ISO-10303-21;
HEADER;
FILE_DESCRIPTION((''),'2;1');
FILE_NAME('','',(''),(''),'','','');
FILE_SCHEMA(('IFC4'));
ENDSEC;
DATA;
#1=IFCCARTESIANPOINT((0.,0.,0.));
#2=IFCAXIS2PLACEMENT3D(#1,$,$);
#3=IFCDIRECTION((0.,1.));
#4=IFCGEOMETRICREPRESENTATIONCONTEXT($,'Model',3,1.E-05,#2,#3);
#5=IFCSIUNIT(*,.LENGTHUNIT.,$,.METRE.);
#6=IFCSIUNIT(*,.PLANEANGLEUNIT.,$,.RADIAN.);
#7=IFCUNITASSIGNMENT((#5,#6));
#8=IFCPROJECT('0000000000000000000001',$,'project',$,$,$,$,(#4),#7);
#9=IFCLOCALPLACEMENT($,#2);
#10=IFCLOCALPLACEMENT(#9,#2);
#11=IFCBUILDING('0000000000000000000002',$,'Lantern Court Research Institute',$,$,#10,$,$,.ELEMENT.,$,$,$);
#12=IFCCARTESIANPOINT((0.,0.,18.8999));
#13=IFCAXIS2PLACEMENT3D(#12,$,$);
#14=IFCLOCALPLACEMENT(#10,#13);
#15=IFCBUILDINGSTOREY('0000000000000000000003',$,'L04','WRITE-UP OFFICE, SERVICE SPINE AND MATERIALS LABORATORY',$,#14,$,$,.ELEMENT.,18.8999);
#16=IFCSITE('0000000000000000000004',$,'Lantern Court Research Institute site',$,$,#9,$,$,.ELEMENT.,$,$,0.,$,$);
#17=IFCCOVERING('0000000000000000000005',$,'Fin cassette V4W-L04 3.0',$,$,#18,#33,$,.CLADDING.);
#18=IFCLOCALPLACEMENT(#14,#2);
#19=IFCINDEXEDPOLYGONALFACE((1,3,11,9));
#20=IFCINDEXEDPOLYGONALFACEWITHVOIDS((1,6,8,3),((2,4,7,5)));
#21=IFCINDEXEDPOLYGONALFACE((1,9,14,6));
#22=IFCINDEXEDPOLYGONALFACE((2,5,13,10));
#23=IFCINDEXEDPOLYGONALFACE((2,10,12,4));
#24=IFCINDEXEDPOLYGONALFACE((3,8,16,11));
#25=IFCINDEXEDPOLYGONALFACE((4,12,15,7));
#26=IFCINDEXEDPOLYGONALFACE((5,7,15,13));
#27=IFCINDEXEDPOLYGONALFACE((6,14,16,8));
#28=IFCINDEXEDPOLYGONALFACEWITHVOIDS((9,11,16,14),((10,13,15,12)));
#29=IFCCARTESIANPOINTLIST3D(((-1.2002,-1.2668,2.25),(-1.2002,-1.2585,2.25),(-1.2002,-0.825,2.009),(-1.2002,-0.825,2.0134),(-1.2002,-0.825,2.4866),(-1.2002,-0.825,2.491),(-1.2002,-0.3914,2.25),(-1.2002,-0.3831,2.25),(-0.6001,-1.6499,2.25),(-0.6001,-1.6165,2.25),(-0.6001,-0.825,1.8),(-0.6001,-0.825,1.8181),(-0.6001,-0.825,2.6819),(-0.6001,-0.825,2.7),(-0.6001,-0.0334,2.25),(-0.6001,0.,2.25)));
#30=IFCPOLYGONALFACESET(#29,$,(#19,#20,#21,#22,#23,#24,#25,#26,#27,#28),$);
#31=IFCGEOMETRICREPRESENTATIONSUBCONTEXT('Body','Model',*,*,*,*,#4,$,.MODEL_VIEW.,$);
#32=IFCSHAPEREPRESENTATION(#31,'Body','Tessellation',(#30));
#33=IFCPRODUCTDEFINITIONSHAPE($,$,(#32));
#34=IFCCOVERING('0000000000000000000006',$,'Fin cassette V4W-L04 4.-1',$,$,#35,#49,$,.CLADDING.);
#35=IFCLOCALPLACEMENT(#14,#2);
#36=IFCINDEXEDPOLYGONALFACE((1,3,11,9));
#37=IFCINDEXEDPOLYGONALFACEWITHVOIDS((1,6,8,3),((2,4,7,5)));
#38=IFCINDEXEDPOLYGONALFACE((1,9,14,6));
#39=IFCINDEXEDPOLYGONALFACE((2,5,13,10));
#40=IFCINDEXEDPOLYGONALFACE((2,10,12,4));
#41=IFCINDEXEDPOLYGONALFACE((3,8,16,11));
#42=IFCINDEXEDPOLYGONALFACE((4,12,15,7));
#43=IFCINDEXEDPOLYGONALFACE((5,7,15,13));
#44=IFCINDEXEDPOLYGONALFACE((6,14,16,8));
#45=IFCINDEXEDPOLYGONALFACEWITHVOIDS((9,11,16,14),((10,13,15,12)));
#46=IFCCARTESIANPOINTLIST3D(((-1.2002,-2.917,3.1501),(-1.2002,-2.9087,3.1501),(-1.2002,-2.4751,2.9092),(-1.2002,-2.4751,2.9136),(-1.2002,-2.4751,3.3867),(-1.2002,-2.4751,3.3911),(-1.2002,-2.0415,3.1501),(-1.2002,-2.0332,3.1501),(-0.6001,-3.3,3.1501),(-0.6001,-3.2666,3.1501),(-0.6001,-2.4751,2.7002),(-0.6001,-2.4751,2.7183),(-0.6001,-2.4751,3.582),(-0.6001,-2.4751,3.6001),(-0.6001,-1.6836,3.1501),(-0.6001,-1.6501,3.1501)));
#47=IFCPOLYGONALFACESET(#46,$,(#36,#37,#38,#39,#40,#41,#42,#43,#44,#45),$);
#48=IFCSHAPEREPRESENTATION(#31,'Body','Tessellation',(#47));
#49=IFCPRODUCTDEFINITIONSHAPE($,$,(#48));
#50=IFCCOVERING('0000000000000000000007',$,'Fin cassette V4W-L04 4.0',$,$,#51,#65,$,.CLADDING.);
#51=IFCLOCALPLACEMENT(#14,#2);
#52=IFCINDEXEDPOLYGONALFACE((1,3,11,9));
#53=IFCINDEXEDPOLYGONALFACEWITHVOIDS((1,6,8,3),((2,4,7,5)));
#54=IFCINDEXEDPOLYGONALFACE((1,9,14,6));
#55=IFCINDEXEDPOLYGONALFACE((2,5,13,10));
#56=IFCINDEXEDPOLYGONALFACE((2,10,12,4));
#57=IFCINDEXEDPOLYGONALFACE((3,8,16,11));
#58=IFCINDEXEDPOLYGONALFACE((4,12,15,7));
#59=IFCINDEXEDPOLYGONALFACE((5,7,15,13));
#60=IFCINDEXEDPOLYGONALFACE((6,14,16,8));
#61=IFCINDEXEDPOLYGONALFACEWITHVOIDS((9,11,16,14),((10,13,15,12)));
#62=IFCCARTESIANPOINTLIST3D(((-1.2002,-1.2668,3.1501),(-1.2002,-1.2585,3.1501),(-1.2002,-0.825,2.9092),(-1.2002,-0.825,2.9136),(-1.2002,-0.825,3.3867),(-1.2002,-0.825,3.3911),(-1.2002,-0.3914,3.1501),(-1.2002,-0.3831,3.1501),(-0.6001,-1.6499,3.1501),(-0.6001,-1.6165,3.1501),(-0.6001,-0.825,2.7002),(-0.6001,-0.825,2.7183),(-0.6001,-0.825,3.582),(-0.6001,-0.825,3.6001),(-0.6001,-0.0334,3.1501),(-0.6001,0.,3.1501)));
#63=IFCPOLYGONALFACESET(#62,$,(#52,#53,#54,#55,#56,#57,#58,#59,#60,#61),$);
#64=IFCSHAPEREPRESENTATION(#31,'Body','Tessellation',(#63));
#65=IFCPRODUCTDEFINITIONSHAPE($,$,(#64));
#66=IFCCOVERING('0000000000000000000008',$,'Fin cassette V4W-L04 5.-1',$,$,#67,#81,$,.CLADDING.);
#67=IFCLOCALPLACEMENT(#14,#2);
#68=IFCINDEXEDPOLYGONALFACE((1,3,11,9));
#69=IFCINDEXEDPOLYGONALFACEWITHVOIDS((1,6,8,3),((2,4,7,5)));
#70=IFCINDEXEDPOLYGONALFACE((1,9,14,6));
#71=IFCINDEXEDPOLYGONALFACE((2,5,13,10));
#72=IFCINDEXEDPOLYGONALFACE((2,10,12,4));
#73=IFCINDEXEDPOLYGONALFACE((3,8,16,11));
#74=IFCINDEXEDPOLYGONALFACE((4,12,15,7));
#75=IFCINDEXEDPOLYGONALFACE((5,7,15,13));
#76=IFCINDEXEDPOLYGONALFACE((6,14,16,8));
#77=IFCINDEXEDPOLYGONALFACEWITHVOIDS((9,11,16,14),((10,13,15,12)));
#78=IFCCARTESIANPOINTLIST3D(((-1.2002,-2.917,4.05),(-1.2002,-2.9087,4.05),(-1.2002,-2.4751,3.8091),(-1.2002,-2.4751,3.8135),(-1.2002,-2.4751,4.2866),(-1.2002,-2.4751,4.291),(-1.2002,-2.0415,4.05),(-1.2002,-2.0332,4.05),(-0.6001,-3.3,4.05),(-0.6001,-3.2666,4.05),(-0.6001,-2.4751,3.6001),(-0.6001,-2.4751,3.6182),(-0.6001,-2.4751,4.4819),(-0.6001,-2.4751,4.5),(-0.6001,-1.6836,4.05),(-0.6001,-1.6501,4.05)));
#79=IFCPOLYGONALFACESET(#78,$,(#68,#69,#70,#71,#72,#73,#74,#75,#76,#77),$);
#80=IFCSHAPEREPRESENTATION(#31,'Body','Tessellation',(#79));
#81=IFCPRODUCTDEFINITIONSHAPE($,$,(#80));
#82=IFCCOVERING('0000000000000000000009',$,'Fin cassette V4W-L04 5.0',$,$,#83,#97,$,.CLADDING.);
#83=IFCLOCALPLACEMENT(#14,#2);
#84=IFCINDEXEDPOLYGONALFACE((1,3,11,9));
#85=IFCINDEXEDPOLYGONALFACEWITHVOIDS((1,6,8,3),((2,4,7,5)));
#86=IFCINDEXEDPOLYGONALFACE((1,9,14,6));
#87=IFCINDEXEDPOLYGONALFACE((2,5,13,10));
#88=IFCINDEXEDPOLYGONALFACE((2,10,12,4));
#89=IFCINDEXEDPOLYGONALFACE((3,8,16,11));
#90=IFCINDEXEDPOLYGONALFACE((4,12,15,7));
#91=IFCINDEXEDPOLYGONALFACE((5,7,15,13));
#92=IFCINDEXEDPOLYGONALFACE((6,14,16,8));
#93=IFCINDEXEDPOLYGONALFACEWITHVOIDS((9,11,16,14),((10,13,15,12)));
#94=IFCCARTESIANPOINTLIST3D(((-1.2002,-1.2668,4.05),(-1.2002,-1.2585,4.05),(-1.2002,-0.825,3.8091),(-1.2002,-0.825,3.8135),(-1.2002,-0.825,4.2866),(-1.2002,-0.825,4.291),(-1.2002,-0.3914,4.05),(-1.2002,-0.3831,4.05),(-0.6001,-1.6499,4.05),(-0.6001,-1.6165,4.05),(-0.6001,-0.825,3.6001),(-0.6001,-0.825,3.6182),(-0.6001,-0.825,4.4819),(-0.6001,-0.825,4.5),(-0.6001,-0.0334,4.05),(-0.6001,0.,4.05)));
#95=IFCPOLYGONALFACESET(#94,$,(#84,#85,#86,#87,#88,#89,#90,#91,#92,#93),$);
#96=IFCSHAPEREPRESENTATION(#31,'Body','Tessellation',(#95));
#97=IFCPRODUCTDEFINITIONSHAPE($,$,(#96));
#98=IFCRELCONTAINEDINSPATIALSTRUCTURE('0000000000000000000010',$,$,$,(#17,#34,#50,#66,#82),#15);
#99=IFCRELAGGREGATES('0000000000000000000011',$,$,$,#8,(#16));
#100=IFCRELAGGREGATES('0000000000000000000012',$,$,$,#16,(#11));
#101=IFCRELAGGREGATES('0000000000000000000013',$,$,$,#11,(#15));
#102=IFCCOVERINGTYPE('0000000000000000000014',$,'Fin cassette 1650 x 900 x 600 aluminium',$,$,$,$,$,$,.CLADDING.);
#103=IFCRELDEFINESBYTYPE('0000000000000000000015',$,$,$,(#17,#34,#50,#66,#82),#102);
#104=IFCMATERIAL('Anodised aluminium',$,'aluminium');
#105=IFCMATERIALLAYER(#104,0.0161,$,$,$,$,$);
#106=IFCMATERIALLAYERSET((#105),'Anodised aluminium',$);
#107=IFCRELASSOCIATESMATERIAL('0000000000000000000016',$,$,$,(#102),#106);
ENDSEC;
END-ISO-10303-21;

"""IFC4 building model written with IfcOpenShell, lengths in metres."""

from ifc_helpers import new_model, entity, si_unit, direction, frame, origin, place, context, subcontext, project, spatial, material, layer, layer_set, type_object, element, save


model = new_model("IFC4")

# Units and contexts
model_context = context("Model", 3, precision=1e-05, world=origin(), true_north=direction((0.0, 1.0)))
body_context = subcontext(model_context, "Body", "Model", "MODEL_VIEW")
ifc_project = project(units=[si_unit("LENGTHUNIT", "METRE"), si_unit("PLANEANGLEUNIT", "RADIAN")], contexts=[model_context])

# Site, building, storey
site_placement = place(None, origin())
site = spatial("IfcSite", under=ifc_project, at=site_placement, Name="Lantern Court Research Institute site", CompositionType="ELEMENT", RefElevation=0.0)
building_placement = place(site_placement, origin())
building = spatial("IfcBuilding", under=site, at=building_placement, Name="Lantern Court Research Institute", CompositionType="ELEMENT")
storey_placement = place(building_placement, frame((0.0, 0.0, 18.8999)))
storey = spatial("IfcBuildingStorey", under=building, at=storey_placement, Name="L04", Description="WRITE-UP OFFICE, SERVICE SPINE AND MATERIALS LABORATORY", CompositionType="ELEMENT", Elevation=18.8999)

# Coverings
ifc_material_1 = material(Name="Anodised aluminium", Category="aluminium")
ifc_layer_1 = layer(ifc_material_1, 0.0161)
ifc_layer_set_1 = layer_set([ifc_layer_1], Name="Anodised aluminium")
covering_type = type_object("IfcCoveringType", Name="Fin cassette 1650 x 900 x 600 aluminium", PredefinedType="CLADDING", material=ifc_layer_set_1)
covering_1_placement = place(storey_placement, frame((-0.6001, -0.825, 2.25), z_axis=(-1.0, 0.0, 0.0), x_axis=(0.0, -1.0, 0.0)))
cartesian_point_1 = entity("IfcCartesianPoint", [0.825, 0.0])
cartesian_point_2 = entity("IfcCartesianPoint", [0.7915, 0.0])
cartesian_point_3 = entity("IfcCartesianPoint", [0.4419, 0.0])
cartesian_point_4 = entity("IfcCartesianPoint", [0.4336, 0.0])
element("IfcCovering", 1, at=covering_1_placement, inside=storey, type_object=covering_type, Name="Fin cassette V4W-L04 3.0", PredefinedType="CLADDING", context=body_context, shape_type="SweptSolid", body=[
    entity("IfcExtrudedAreaSolidTapered", entity("IfcArbitraryProfileDefWithVoids", "AREA", None, entity("IfcPolyline", [cartesian_point_1, entity("IfcCartesianPoint", [0.0, 0.45]), entity("IfcCartesianPoint", [-0.825, 0.0]), entity("IfcCartesianPoint", [0.0, -0.45]), cartesian_point_1]), [entity("IfcPolyline", [cartesian_point_2, entity("IfcCartesianPoint", [0.0, 0.4319]), entity("IfcCartesianPoint", [-0.7915, 0.0]), entity("IfcCartesianPoint", [0.0, -0.4319]), cartesian_point_2])]), entity("IfcAxis2Placement3D", entity("IfcCartesianPoint", [0.0, 0.0, 0.0])), entity("IfcDirection", [0.0, 0.0, 1.0]), 0.6001, entity("IfcArbitraryProfileDefWithVoids", "AREA", None, entity("IfcPolyline", [cartesian_point_3, entity("IfcCartesianPoint", [0.0, 0.241]), entity("IfcCartesianPoint", [-0.4419, 0.0]), entity("IfcCartesianPoint", [0.0, -0.241]), cartesian_point_3]), [entity("IfcPolyline", [cartesian_point_4, entity("IfcCartesianPoint", [0.0, 0.2366]), entity("IfcCartesianPoint", [-0.4336, 0.0]), entity("IfcCartesianPoint", [0.0, -0.2366]), cartesian_point_4])])),
])
covering_2_placement = place(storey_placement, frame((-0.6001, -2.4751, 3.1501), z_axis=(-1.0, 0.0, 0.0), x_axis=(0.0, -1.0, 0.0)))
cartesian_point_5 = entity("IfcCartesianPoint", [0.825, 0.0])
cartesian_point_6 = entity("IfcCartesianPoint", [0.7915, 0.0])
cartesian_point_7 = entity("IfcCartesianPoint", [0.4419, 0.0])
cartesian_point_8 = entity("IfcCartesianPoint", [0.4336, 0.0])
element("IfcCovering", 2, at=covering_2_placement, inside=storey, type_object=covering_type, Name="Fin cassette V4W-L04 4.-1", PredefinedType="CLADDING", context=body_context, shape_type="SweptSolid", body=[
    entity("IfcExtrudedAreaSolidTapered", entity("IfcArbitraryProfileDefWithVoids", "AREA", None, entity("IfcPolyline", [cartesian_point_5, entity("IfcCartesianPoint", [0.0, 0.45]), entity("IfcCartesianPoint", [-0.825, 0.0]), entity("IfcCartesianPoint", [0.0, -0.45]), cartesian_point_5]), [entity("IfcPolyline", [cartesian_point_6, entity("IfcCartesianPoint", [0.0, 0.4319]), entity("IfcCartesianPoint", [-0.7915, 0.0]), entity("IfcCartesianPoint", [0.0, -0.4319]), cartesian_point_6])]), entity("IfcAxis2Placement3D", entity("IfcCartesianPoint", [0.0, 0.0, 0.0])), entity("IfcDirection", [0.0, 0.0, 1.0]), 0.6001, entity("IfcArbitraryProfileDefWithVoids", "AREA", None, entity("IfcPolyline", [cartesian_point_7, entity("IfcCartesianPoint", [0.0, 0.241]), entity("IfcCartesianPoint", [-0.4419, 0.0]), entity("IfcCartesianPoint", [0.0, -0.241]), cartesian_point_7]), [entity("IfcPolyline", [cartesian_point_8, entity("IfcCartesianPoint", [0.0, 0.2366]), entity("IfcCartesianPoint", [-0.4336, 0.0]), entity("IfcCartesianPoint", [0.0, -0.2366]), cartesian_point_8])])),
])
covering_3_placement = place(storey_placement, frame((-0.6001, -0.825, 3.1501), z_axis=(-1.0, 0.0, 0.0), x_axis=(0.0, -1.0, 0.0)))
cartesian_point_9 = entity("IfcCartesianPoint", [0.825, 0.0])
cartesian_point_10 = entity("IfcCartesianPoint", [0.7915, 0.0])
cartesian_point_11 = entity("IfcCartesianPoint", [0.4419, 0.0])
cartesian_point_12 = entity("IfcCartesianPoint", [0.4336, 0.0])
element("IfcCovering", 3, at=covering_3_placement, inside=storey, type_object=covering_type, Name="Fin cassette V4W-L04 4.0", PredefinedType="CLADDING", context=body_context, shape_type="SweptSolid", body=[
    entity("IfcExtrudedAreaSolidTapered", entity("IfcArbitraryProfileDefWithVoids", "AREA", None, entity("IfcPolyline", [cartesian_point_9, entity("IfcCartesianPoint", [0.0, 0.45]), entity("IfcCartesianPoint", [-0.825, 0.0]), entity("IfcCartesianPoint", [0.0, -0.45]), cartesian_point_9]), [entity("IfcPolyline", [cartesian_point_10, entity("IfcCartesianPoint", [0.0, 0.4319]), entity("IfcCartesianPoint", [-0.7915, 0.0]), entity("IfcCartesianPoint", [0.0, -0.4319]), cartesian_point_10])]), entity("IfcAxis2Placement3D", entity("IfcCartesianPoint", [0.0, 0.0, 0.0])), entity("IfcDirection", [0.0, 0.0, 1.0]), 0.6001, entity("IfcArbitraryProfileDefWithVoids", "AREA", None, entity("IfcPolyline", [cartesian_point_11, entity("IfcCartesianPoint", [0.0, 0.241]), entity("IfcCartesianPoint", [-0.4419, 0.0]), entity("IfcCartesianPoint", [0.0, -0.241]), cartesian_point_11]), [entity("IfcPolyline", [cartesian_point_12, entity("IfcCartesianPoint", [0.0, 0.2366]), entity("IfcCartesianPoint", [-0.4336, 0.0]), entity("IfcCartesianPoint", [0.0, -0.2366]), cartesian_point_12])])),
])
covering_4_placement = place(storey_placement, frame((-0.6001, -2.4751, 4.05), z_axis=(-1.0, 0.0, 0.0), x_axis=(0.0, -1.0, 0.0)))
cartesian_point_13 = entity("IfcCartesianPoint", [0.825, 0.0])
cartesian_point_14 = entity("IfcCartesianPoint", [0.7915, 0.0])
cartesian_point_15 = entity("IfcCartesianPoint", [0.4419, 0.0])
cartesian_point_16 = entity("IfcCartesianPoint", [0.4336, 0.0])
element("IfcCovering", 4, at=covering_4_placement, inside=storey, type_object=covering_type, Name="Fin cassette V4W-L04 5.-1", PredefinedType="CLADDING", context=body_context, shape_type="SweptSolid", body=[
    entity("IfcExtrudedAreaSolidTapered", entity("IfcArbitraryProfileDefWithVoids", "AREA", None, entity("IfcPolyline", [cartesian_point_13, entity("IfcCartesianPoint", [0.0, 0.45]), entity("IfcCartesianPoint", [-0.825, 0.0]), entity("IfcCartesianPoint", [0.0, -0.45]), cartesian_point_13]), [entity("IfcPolyline", [cartesian_point_14, entity("IfcCartesianPoint", [0.0, 0.4319]), entity("IfcCartesianPoint", [-0.7915, 0.0]), entity("IfcCartesianPoint", [0.0, -0.4319]), cartesian_point_14])]), entity("IfcAxis2Placement3D", entity("IfcCartesianPoint", [0.0, 0.0, 0.0])), entity("IfcDirection", [0.0, 0.0, 1.0]), 0.6001, entity("IfcArbitraryProfileDefWithVoids", "AREA", None, entity("IfcPolyline", [cartesian_point_15, entity("IfcCartesianPoint", [0.0, 0.241]), entity("IfcCartesianPoint", [-0.4419, 0.0]), entity("IfcCartesianPoint", [0.0, -0.241]), cartesian_point_15]), [entity("IfcPolyline", [cartesian_point_16, entity("IfcCartesianPoint", [0.0, 0.2366]), entity("IfcCartesianPoint", [-0.4336, 0.0]), entity("IfcCartesianPoint", [0.0, -0.2366]), cartesian_point_16])])),
])
covering_5_placement = place(storey_placement, frame((-0.6001, -0.825, 4.05), z_axis=(-1.0, 0.0, 0.0), x_axis=(0.0, -1.0, 0.0)))
cartesian_point_17 = entity("IfcCartesianPoint", [0.825, 0.0])
cartesian_point_18 = entity("IfcCartesianPoint", [0.7915, 0.0])
cartesian_point_19 = entity("IfcCartesianPoint", [0.4419, 0.0])
cartesian_point_20 = entity("IfcCartesianPoint", [0.4336, 0.0])
element("IfcCovering", 5, at=covering_5_placement, inside=storey, type_object=covering_type, Name="Fin cassette V4W-L04 5.0", PredefinedType="CLADDING", context=body_context, shape_type="SweptSolid", body=[
    entity("IfcExtrudedAreaSolidTapered", entity("IfcArbitraryProfileDefWithVoids", "AREA", None, entity("IfcPolyline", [cartesian_point_17, entity("IfcCartesianPoint", [0.0, 0.45]), entity("IfcCartesianPoint", [-0.825, 0.0]), entity("IfcCartesianPoint", [0.0, -0.45]), cartesian_point_17]), [entity("IfcPolyline", [cartesian_point_18, entity("IfcCartesianPoint", [0.0, 0.4319]), entity("IfcCartesianPoint", [-0.7915, 0.0]), entity("IfcCartesianPoint", [0.0, -0.4319]), cartesian_point_18])]), entity("IfcAxis2Placement3D", entity("IfcCartesianPoint", [0.0, 0.0, 0.0])), entity("IfcDirection", [0.0, 0.0, 1.0]), 0.6001, entity("IfcArbitraryProfileDefWithVoids", "AREA", None, entity("IfcPolyline", [cartesian_point_19, entity("IfcCartesianPoint", [0.0, 0.241]), entity("IfcCartesianPoint", [-0.4419, 0.0]), entity("IfcCartesianPoint", [0.0, -0.241]), cartesian_point_19]), [entity("IfcPolyline", [cartesian_point_20, entity("IfcCartesianPoint", [0.0, 0.2366]), entity("IfcCartesianPoint", [-0.4336, 0.0]), entity("IfcCartesianPoint", [0.0, -0.2366]), cartesian_point_20])])),
])

save(model, "model.ifc")
